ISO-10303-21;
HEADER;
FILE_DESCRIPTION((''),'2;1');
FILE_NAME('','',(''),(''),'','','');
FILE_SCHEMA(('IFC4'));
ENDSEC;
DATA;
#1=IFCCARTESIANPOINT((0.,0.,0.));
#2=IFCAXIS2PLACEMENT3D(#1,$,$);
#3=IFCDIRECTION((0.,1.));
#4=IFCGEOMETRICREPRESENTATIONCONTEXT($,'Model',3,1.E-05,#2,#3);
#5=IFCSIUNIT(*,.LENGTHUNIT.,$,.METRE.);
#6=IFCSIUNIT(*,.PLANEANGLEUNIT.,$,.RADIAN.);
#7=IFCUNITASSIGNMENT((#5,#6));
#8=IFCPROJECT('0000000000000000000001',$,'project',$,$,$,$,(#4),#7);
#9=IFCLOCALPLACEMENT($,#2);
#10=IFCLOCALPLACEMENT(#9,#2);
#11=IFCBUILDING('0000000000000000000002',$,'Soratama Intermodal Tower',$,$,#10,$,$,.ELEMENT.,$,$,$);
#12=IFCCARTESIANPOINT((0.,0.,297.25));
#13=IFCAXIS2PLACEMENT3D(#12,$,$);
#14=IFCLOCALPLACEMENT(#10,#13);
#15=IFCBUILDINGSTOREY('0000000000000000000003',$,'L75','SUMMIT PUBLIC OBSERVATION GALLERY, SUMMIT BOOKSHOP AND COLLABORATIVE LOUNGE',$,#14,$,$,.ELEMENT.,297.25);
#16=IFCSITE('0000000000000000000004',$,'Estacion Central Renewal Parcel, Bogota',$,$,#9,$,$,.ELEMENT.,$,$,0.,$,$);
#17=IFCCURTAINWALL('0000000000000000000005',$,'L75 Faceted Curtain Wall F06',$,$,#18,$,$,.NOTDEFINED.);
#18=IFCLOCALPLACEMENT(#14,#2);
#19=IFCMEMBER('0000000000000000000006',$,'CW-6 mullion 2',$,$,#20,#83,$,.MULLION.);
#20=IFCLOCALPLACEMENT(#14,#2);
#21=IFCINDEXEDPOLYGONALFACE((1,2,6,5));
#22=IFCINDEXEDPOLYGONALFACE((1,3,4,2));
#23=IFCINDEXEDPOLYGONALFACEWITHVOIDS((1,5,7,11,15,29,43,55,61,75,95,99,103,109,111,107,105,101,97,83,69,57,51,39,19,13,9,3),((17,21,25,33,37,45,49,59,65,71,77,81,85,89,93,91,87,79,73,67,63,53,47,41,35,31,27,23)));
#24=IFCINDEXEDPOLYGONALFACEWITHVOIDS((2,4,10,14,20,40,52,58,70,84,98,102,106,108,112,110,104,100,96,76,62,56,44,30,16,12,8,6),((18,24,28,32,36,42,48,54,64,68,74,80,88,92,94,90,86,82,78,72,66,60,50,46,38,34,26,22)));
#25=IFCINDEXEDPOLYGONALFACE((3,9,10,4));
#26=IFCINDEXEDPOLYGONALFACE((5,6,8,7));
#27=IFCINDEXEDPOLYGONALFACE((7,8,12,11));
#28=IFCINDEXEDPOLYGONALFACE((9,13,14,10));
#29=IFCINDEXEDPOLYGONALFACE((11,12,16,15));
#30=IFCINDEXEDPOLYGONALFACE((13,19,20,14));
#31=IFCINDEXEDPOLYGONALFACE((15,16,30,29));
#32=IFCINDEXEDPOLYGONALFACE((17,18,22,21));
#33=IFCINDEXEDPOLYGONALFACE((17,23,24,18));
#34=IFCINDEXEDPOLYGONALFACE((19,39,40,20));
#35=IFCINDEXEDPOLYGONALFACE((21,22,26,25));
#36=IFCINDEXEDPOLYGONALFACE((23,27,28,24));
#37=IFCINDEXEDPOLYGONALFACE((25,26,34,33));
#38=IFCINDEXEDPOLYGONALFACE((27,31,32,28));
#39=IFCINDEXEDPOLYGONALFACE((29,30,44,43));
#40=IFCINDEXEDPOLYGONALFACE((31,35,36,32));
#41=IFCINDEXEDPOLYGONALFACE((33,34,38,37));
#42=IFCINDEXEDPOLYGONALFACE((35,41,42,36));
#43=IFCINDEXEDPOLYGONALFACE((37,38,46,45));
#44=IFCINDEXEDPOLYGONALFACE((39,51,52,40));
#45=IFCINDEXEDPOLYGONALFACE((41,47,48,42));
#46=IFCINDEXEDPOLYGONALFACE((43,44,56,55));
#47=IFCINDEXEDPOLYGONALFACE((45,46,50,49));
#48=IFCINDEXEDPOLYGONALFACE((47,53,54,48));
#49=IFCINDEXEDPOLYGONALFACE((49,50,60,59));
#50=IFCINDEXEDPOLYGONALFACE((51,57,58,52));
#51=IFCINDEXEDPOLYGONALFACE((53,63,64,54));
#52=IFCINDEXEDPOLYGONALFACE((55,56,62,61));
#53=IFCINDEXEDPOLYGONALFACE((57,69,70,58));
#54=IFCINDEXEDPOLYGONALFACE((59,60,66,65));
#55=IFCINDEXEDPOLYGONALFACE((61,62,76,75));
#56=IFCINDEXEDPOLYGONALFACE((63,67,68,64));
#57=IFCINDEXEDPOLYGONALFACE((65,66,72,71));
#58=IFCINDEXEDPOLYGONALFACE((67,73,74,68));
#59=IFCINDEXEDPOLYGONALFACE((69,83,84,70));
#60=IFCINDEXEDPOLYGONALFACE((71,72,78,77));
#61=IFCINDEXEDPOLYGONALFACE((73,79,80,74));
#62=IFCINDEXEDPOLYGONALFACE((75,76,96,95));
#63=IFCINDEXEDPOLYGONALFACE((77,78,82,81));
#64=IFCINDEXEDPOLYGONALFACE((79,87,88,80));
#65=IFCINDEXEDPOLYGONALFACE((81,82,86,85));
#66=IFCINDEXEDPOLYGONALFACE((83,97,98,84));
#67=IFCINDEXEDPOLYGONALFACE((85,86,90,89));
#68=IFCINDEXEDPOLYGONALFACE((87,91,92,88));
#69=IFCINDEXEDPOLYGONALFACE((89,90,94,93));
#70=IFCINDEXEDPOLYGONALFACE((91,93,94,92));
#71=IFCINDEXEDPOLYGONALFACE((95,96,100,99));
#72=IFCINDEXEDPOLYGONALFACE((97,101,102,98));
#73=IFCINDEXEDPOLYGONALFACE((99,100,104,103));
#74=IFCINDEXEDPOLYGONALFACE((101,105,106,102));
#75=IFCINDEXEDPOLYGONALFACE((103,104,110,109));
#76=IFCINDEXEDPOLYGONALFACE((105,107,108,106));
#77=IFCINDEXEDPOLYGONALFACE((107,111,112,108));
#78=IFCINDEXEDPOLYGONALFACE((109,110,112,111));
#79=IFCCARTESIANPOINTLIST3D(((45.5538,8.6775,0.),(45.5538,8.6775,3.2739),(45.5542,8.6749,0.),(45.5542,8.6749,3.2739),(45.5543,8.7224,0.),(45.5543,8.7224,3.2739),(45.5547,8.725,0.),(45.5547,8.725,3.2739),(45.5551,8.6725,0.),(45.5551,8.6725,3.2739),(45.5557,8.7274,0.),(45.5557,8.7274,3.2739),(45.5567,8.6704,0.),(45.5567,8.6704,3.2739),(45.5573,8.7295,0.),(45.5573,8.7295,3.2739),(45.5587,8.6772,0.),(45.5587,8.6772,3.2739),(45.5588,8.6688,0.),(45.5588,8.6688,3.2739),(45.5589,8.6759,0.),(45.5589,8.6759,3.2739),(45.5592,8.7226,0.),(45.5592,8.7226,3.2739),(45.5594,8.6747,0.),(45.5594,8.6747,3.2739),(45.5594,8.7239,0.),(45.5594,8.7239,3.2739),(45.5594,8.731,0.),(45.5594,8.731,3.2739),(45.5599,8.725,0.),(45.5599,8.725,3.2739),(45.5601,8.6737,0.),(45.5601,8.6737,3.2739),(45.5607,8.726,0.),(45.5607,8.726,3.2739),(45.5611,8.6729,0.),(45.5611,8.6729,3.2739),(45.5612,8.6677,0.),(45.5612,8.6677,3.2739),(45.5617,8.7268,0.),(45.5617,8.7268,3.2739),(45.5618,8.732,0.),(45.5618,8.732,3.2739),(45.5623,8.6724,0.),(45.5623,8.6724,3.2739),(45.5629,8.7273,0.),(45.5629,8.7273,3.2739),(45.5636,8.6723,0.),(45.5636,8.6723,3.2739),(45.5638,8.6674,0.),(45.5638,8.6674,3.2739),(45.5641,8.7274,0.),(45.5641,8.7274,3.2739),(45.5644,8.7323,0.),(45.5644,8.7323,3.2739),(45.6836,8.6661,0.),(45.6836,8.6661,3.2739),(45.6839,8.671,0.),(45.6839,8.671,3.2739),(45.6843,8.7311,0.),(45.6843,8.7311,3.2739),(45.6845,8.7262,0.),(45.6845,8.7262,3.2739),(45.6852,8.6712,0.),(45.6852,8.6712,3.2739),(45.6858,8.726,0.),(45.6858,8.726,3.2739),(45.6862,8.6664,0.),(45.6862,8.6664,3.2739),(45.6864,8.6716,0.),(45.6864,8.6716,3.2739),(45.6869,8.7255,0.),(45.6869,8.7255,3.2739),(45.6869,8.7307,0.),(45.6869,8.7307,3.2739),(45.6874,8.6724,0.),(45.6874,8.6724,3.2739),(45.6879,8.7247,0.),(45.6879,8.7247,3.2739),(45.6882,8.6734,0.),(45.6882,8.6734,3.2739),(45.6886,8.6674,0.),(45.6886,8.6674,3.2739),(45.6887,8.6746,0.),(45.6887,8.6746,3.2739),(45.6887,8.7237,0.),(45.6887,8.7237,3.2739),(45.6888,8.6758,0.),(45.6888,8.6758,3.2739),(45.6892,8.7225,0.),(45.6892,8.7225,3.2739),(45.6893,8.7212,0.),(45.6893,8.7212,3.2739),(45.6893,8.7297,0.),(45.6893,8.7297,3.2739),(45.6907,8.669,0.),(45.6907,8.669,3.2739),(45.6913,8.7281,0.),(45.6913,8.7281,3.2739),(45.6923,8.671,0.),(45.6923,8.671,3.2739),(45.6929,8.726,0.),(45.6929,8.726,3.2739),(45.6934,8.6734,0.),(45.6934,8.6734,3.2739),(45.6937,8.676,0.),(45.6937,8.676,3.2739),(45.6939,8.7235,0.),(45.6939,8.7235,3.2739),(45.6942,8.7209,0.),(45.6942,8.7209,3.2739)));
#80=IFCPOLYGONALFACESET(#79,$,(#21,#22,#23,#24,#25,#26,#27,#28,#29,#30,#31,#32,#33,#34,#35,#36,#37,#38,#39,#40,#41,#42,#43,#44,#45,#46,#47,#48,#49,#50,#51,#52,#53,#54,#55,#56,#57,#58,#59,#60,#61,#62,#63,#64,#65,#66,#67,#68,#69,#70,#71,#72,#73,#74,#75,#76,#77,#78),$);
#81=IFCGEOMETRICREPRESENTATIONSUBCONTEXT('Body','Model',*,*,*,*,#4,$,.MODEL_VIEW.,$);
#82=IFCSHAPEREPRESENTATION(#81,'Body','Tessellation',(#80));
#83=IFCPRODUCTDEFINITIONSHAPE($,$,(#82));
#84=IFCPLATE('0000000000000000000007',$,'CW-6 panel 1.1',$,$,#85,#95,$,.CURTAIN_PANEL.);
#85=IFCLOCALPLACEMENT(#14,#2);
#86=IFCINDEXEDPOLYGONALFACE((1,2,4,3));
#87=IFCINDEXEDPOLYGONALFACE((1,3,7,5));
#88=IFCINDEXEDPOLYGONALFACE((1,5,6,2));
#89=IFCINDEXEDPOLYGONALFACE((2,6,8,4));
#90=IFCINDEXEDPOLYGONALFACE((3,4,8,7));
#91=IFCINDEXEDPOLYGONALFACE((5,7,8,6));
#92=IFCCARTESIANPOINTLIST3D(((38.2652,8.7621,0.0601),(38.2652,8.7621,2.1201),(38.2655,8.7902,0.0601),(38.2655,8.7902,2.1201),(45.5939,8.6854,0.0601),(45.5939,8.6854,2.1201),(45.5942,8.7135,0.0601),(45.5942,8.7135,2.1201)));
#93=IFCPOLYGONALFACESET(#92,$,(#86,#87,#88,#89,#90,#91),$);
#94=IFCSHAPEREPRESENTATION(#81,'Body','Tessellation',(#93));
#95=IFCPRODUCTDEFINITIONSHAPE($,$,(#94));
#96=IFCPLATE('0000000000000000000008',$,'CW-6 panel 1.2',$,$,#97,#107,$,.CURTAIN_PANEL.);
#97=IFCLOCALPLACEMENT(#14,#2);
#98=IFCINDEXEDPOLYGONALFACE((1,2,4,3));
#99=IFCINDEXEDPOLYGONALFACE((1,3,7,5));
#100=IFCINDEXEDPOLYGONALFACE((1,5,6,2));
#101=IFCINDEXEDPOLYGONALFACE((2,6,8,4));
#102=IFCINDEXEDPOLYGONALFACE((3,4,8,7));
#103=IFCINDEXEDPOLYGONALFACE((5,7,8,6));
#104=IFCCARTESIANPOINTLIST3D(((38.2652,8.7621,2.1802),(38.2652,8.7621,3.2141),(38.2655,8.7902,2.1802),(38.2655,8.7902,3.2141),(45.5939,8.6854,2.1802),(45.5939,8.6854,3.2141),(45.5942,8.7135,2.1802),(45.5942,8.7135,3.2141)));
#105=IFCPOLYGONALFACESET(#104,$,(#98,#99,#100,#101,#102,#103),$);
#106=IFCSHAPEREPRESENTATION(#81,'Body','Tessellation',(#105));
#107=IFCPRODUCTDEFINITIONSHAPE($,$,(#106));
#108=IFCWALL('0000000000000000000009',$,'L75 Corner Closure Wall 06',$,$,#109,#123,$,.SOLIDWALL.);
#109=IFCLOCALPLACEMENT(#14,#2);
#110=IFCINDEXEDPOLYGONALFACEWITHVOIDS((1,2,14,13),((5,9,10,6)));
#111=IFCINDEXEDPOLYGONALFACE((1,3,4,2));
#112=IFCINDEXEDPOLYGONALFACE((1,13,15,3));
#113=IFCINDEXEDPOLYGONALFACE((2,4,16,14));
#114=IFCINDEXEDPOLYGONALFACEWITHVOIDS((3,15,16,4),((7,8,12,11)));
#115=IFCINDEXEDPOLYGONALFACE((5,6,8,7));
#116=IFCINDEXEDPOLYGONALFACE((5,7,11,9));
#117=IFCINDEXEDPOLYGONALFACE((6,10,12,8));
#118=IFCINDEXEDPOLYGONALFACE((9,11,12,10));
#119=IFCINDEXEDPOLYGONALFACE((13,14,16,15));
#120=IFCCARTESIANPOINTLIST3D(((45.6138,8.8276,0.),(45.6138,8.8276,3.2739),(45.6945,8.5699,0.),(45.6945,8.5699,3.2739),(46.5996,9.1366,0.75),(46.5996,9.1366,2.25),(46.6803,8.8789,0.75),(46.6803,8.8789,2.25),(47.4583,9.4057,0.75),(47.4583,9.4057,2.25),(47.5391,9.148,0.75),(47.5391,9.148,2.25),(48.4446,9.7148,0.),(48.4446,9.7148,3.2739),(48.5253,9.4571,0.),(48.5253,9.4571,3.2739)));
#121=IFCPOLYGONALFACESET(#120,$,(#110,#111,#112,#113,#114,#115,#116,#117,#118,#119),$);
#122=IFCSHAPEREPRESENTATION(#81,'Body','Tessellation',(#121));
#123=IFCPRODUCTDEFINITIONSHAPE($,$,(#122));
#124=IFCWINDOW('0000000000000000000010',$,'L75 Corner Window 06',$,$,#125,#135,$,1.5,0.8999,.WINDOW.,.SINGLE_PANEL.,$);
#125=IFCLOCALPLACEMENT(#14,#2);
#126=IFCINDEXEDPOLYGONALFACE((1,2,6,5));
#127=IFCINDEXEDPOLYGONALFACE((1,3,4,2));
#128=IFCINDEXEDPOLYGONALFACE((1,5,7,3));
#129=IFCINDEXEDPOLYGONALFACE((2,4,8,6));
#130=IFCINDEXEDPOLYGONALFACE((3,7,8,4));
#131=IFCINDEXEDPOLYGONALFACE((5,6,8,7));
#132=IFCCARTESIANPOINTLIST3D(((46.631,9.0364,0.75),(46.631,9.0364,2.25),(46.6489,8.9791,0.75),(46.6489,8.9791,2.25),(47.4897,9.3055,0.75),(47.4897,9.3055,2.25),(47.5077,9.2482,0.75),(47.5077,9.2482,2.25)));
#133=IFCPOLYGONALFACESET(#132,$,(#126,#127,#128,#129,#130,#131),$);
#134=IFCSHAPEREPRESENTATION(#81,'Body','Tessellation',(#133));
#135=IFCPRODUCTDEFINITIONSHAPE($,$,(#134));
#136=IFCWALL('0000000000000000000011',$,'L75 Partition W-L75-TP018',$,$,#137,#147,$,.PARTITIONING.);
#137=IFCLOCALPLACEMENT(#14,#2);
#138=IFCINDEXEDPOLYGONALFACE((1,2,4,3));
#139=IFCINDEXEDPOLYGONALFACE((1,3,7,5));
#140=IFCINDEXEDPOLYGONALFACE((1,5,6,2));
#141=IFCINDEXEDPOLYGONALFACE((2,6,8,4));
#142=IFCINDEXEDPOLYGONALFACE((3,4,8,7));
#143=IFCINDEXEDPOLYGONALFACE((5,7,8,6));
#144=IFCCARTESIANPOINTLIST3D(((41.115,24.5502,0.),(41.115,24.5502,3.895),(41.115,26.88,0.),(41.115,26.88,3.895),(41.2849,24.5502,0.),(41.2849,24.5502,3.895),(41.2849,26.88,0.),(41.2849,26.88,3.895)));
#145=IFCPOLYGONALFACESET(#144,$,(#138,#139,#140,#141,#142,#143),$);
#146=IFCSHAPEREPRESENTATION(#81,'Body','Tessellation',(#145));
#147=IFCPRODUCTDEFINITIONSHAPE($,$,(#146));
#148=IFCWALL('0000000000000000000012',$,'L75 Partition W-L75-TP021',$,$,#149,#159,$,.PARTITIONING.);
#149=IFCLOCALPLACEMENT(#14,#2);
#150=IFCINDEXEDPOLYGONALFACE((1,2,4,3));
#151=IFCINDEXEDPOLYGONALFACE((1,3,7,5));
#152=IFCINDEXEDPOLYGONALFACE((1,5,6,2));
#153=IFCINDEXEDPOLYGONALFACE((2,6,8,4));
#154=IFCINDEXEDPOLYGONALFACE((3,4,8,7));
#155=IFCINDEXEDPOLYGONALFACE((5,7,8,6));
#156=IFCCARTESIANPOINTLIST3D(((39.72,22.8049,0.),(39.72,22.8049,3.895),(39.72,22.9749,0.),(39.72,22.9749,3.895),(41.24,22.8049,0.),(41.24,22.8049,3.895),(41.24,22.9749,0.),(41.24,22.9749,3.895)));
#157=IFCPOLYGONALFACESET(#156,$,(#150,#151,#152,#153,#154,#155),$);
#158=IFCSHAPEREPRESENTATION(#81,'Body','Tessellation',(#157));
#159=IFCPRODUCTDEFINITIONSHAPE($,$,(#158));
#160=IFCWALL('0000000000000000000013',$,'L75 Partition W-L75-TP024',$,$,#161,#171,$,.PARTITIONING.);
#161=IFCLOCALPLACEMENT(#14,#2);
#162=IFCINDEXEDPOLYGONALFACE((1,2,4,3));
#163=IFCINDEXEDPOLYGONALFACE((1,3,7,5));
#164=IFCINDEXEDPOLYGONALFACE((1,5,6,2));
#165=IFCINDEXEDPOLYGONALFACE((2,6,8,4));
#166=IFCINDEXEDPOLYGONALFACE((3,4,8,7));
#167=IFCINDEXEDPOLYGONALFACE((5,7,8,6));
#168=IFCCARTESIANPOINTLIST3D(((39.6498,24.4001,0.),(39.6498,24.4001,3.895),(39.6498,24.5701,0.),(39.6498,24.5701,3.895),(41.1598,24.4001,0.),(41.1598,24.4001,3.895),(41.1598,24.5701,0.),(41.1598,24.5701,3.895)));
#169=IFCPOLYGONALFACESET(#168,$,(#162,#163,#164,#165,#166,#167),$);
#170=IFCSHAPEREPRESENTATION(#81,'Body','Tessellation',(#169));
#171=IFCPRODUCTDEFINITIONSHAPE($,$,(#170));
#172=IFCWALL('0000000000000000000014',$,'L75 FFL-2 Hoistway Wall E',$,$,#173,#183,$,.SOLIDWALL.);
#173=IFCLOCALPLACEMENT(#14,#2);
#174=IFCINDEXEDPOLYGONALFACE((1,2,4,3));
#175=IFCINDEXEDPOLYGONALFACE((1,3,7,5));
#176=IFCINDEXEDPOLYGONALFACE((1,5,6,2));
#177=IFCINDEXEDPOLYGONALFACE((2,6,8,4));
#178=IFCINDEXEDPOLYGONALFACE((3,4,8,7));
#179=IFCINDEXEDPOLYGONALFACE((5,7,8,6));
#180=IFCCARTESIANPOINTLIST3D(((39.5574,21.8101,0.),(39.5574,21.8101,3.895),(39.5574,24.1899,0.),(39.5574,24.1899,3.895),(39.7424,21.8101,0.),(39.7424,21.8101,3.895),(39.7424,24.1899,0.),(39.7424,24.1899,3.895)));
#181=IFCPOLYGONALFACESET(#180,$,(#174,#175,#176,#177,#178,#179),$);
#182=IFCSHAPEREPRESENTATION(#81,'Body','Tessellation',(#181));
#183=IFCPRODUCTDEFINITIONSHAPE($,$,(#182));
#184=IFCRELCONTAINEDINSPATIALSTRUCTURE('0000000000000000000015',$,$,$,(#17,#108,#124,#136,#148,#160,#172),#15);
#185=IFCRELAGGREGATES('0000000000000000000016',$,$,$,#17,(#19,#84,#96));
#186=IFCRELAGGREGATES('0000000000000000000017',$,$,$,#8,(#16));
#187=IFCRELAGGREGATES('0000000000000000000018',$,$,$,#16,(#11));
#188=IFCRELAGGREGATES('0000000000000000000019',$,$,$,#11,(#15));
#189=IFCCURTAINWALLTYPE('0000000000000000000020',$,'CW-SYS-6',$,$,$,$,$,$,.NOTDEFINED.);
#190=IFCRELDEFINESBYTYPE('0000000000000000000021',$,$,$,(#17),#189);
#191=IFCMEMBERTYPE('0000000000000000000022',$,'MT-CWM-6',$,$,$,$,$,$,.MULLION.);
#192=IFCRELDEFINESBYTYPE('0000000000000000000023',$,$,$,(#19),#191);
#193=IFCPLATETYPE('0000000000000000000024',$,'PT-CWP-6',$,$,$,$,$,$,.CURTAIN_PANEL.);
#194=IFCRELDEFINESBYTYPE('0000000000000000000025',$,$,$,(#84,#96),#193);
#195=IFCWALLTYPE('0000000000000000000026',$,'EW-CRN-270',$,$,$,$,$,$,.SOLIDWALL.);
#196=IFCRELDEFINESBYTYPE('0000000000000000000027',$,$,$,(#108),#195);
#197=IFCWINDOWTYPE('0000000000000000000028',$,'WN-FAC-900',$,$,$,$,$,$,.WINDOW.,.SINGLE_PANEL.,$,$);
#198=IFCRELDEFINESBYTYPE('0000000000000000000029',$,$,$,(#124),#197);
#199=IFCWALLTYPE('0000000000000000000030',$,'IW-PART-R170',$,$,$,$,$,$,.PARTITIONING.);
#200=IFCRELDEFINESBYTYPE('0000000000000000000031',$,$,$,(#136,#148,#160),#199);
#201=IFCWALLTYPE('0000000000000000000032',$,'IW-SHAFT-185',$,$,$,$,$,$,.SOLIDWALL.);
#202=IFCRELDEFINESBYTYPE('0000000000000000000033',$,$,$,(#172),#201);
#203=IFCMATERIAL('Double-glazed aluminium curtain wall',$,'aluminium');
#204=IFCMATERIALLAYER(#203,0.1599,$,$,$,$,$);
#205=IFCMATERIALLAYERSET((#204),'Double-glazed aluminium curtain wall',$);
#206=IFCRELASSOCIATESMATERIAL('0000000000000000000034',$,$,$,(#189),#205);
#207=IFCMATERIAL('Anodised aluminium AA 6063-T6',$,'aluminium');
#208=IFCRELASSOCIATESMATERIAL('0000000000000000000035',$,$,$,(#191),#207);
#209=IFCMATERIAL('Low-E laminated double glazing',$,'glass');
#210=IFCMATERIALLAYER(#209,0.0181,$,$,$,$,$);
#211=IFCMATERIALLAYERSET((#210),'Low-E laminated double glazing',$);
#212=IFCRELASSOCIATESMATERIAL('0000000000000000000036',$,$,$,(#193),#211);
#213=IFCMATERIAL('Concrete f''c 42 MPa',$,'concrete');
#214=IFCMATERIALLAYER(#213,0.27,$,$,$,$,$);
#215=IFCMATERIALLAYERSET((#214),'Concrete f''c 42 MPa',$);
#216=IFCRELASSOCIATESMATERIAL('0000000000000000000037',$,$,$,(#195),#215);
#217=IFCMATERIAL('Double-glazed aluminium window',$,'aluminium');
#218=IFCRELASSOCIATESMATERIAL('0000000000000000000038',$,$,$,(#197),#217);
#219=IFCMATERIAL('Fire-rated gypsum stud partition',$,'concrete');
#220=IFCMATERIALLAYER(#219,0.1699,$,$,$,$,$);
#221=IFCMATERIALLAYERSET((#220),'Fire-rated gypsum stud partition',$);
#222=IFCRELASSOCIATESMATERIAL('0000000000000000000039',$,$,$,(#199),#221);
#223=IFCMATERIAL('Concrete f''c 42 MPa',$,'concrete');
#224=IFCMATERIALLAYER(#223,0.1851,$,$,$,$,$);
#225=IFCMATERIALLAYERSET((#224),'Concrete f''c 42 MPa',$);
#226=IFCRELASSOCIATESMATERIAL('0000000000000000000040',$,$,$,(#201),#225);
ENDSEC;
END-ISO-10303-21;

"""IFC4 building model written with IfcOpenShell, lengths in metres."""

from ifc_helpers import new_model, si_unit, direction, frame, frame_2d, origin, origin_2d, place, context, subcontext, project, spatial, rectangle, hollow_rectangle, extrude, material, layer, layer_set, material_profile, profile_set, type_object, element, fill, aggregate, save


model = new_model("IFC4")

# Units and contexts
model_context = context("Model", 3, precision=1e-05, world=origin(), true_north=direction((0.0, 1.0)))
body_context = subcontext(model_context, "Body", "Model", "MODEL_VIEW")
ifc_project = project(units=[si_unit("LENGTHUNIT", "METRE"), si_unit("PLANEANGLEUNIT", "RADIAN")], contexts=[model_context])

# Site, building, storey
site_placement = place(None, origin())
site = spatial("IfcSite", under=ifc_project, at=site_placement, Name="Estacion Central Renewal Parcel, Bogota", CompositionType="ELEMENT", RefElevation=0.0)
building_placement = place(site_placement, origin())
building = spatial("IfcBuilding", under=site, at=building_placement, Name="Soratama Intermodal Tower", CompositionType="ELEMENT")
storey_placement = place(building_placement, frame((0.0, 0.0, 297.25)))
storey = spatial("IfcBuildingStorey", under=building, at=storey_placement, Name="L75", Description="SUMMIT PUBLIC OBSERVATION GALLERY, SUMMIT BOOKSHOP AND COLLABORATIVE LOUNGE", CompositionType="ELEMENT", Elevation=297.25)

# Curtain wall, member, plates
ifc_material_1 = material(Name="Double-glazed aluminium curtain wall", Category="aluminium")
ifc_layer_1 = layer(ifc_material_1, 0.1599)
ifc_layer_set_1 = layer_set([ifc_layer_1], Name="Double-glazed aluminium curtain wall")
curtain_wall_type = type_object("IfcCurtainWallType", Name="CW-SYS-6", PredefinedType="NOTDEFINED", material=ifc_layer_set_1)
curtain_wall_placement = place(storey_placement, origin())
curtain_wall = element("IfcCurtainWall", 1, at=curtain_wall_placement, inside=storey, type_object=curtain_wall_type, Name="L75 Faceted Curtain Wall F06", PredefinedType="NOTDEFINED")
ifc_material_2 = material(Name="Anodised aluminium AA 6063-T6", Category="aluminium")
ifc_material_profile_1 = material_profile(ifc_material_2, hollow_rectangle(XDim=0.0649, YDim=0.1399, WallThickness=0.0049, InnerFilletRadius=0.0049, OuterFilletRadius=0.01, at=origin_2d()), Name="CWM140X65X5")
ifc_profile_set_1 = profile_set([ifc_material_profile_1], Name="Anodised aluminium AA 6063-T6")
member_type = type_object("IfcMemberType", Name="MT-CWM-6", PredefinedType="MULLION", material=ifc_profile_set_1)
member_placement = place(storey_placement, frame((45.624, 8.6992, 0.0), z_axis=(0.0, 0.0, 1.0), x_axis=(0.010471, 0.999945, 0.0)))
member = element("IfcMember", 2, at=member_placement, type_object=member_type, Name="CW-6 mullion 2", PredefinedType="MULLION", context=body_context, shape_type="SweptSolid", body=[
    extrude(hollow_rectangle(XDim=0.0649, YDim=0.1399, WallThickness=0.0049, InnerFilletRadius=0.0049, OuterFilletRadius=0.01, at=origin_2d()), origin(), (0.0, 0.0, 1.0), 3.2739),
])
ifc_material_3 = material(Name="Low-E laminated double glazing", Category="glass")
ifc_layer_2 = layer(ifc_material_3, 0.0181)
ifc_layer_set_2 = layer_set([ifc_layer_2], Name="Low-E laminated double glazing")
plate_type = type_object("IfcPlateType", Name="PT-CWP-6", PredefinedType="CURTAIN_PANEL", material=ifc_layer_set_2)
plate_1_placement = place(storey_placement, frame((41.9297, 8.7378, 0.0601), z_axis=(0.0, 0.0, 1.0), x_axis=(0.999945, -0.010471, 0.0)))
plate_1 = element("IfcPlate", 3, at=plate_1_placement, type_object=plate_type, Name="CW-6 panel 1.1", PredefinedType="CURTAIN_PANEL", context=body_context, shape_type="SweptSolid", body=[
    extrude(rectangle(XDim=7.3291, YDim=0.0281, at=origin_2d()), origin(), (0.0, 0.0, 1.0), 2.0601),
])
plate_2_placement = place(storey_placement, frame((41.9297, 8.7378, 2.1802), z_axis=(0.0, 0.0, 1.0), x_axis=(0.999945, -0.010471, 0.0)))
plate_2 = element("IfcPlate", 4, at=plate_2_placement, type_object=plate_type, Name="CW-6 panel 1.2", PredefinedType="CURTAIN_PANEL", context=body_context, shape_type="SweptSolid", body=[
    extrude(rectangle(XDim=7.3291, YDim=0.0281, at=origin_2d()), origin(), (0.0, 0.0, 1.0), 1.0339),
])
aggregate(curtain_wall, [member, plate_1, plate_2])

# Wall, opening, window
ifc_material_4 = material(Name="Concrete f'c 42 MPa", Category="concrete")
ifc_layer_3 = layer(ifc_material_4, 0.27)
ifc_layer_set_3 = layer_set([ifc_layer_3], Name="Concrete f'c 42 MPa")
wall_type_1 = type_object("IfcWallType", Name="EW-CRN-270", PredefinedType="SOLIDWALL", material=ifc_layer_set_3)
wall_1_placement = place(storey_placement, frame((45.6541, 8.6987, 0.0), z_axis=(0.0, 0.0, 1.0), x_axis=(0.954232, 0.299067, 0.0)))
wall_1 = element("IfcWall", 5, at=wall_1_placement, inside=storey, type_object=wall_type_1, Name="L75 Corner Closure Wall 06", PredefinedType="SOLIDWALL", context=body_context, shape_type="SweptSolid", body=[
    extrude(rectangle(XDim=2.9666, YDim=0.27, at=frame_2d((1.4834, 0.0))), origin(), (0.0, 0.0, 1.0), 3.2739),
])
opening_1_placement = place(wall_1_placement, frame((1.0332, 0.0, 0.75)))
opening_1 = element("IfcOpeningElement", 6, at=opening_1_placement, cuts=wall_1, PredefinedType="OPENING", context=body_context, shape_type="SweptSolid", body=[
    extrude(rectangle(XDim=0.8999, YDim=1.5, at=frame_2d((0.45, 0.75))), frame((0.0, 0.145, 0.0), z_axis=(0.0, -1.0, 0.0), x_axis=(1.0, 0.0, 0.0)), (0.0, 0.0, 1.0), 0.29),
])
ifc_material_5 = material(Name="Double-glazed aluminium window", Category="aluminium")
window_type = type_object("IfcWindowType", Name="WN-FAC-900", PartitioningType="SINGLE_PANEL", PredefinedType="WINDOW", material=ifc_material_5)
window_placement = place(opening_1_placement, origin())
window = element("IfcWindow", 7, at=window_placement, inside=storey, type_object=window_type, Name="L75 Corner Window 06", OverallHeight=1.5, OverallWidth=0.8999, PartitioningType="SINGLE_PANEL", PredefinedType="WINDOW", context=body_context, shape_type="SweptSolid", body=[
    extrude(rectangle(XDim=0.8999, YDim=1.5, at=frame_2d((0.45, 0.75))), frame((0.0, 0.03, 0.0), z_axis=(0.0, -1.0, 0.0), x_axis=(1.0, 0.0, 0.0)), (0.0, 0.0, 1.0), 0.0601),
])
fill(opening_1, window)

# Shared definitions
ifc_material_6 = material(Name="Fire-rated gypsum stud partition", Category="concrete")
ifc_layer_4 = layer(ifc_material_6, 0.1699)
ifc_layer_set_4 = layer_set([ifc_layer_4], Name="Fire-rated gypsum stud partition")
wall_type_2 = type_object("IfcWallType", Name="IW-PART-R170", PredefinedType="PARTITIONING", material=ifc_layer_set_4)

# Walls
wall_2_placement = place(storey_placement, frame((41.2, 24.55, 0.0), z_axis=(0.0, 0.0, 1.0), x_axis=(0.0, 1.0, 0.0)))
element("IfcWall", 8, at=wall_2_placement, inside=storey, type_object=wall_type_2, Name="L75 Partition W-L75-TP018", PredefinedType="PARTITIONING", context=body_context, shape_type="SweptSolid", body=[
    extrude(rectangle(XDim=2.3298, YDim=0.1699, at=frame_2d((1.165, 0.0))), origin(), (0.0, 0.0, 1.0), 3.895),
])
wall_3_placement = place(storey_placement, frame((39.72, 22.8899, 0.0), z_axis=(0.0, 0.0, 1.0), x_axis=(1.0, 0.0, 0.0)))
element("IfcWall", 9, at=wall_3_placement, inside=storey, type_object=wall_type_2, Name="L75 Partition W-L75-TP021", PredefinedType="PARTITIONING", context=body_context, shape_type="SweptSolid", body=[
    extrude(rectangle(XDim=1.52, YDim=0.1699, at=frame_2d((0.76, 0.0))), origin(), (0.0, 0.0, 1.0), 3.895),
])
wall_4_placement = place(storey_placement, frame((39.6499, 24.4851, 0.0), z_axis=(0.0, 0.0, 1.0), x_axis=(1.0, 0.0, 0.0)))
element("IfcWall", 10, at=wall_4_placement, inside=storey, type_object=wall_type_2, Name="L75 Partition W-L75-TP024", PredefinedType="PARTITIONING", context=body_context, shape_type="SweptSolid", body=[
    extrude(rectangle(XDim=1.51, YDim=0.1699, at=frame_2d((0.7549, 0.0))), origin(), (0.0, 0.0, 1.0), 3.895),
])
ifc_material_7 = material(Name="Concrete f'c 42 MPa", Category="concrete")
ifc_layer_5 = layer(ifc_material_7, 0.1851)
ifc_layer_set_5 = layer_set([ifc_layer_5], Name="Concrete f'c 42 MPa")
wall_type_3 = type_object("IfcWallType", Name="IW-SHAFT-185", PredefinedType="SOLIDWALL", material=ifc_layer_set_5)
wall_5_placement = place(storey_placement, frame((39.6499, 21.8101, 0.0), z_axis=(0.0, 0.0, 1.0), x_axis=(0.0, 1.0, 0.0)))
element("IfcWall", 11, at=wall_5_placement, inside=storey, type_object=wall_type_3, Name="L75 FFL-2 Hoistway Wall E", PredefinedType="SOLIDWALL", context=body_context, shape_type="SweptSolid", body=[
    extrude(rectangle(XDim=2.3799, YDim=0.1851, at=frame_2d((1.1899, 0.0))), origin(), (0.0, 0.0, 1.0), 3.895),
])

save(model, "model.ifc")
